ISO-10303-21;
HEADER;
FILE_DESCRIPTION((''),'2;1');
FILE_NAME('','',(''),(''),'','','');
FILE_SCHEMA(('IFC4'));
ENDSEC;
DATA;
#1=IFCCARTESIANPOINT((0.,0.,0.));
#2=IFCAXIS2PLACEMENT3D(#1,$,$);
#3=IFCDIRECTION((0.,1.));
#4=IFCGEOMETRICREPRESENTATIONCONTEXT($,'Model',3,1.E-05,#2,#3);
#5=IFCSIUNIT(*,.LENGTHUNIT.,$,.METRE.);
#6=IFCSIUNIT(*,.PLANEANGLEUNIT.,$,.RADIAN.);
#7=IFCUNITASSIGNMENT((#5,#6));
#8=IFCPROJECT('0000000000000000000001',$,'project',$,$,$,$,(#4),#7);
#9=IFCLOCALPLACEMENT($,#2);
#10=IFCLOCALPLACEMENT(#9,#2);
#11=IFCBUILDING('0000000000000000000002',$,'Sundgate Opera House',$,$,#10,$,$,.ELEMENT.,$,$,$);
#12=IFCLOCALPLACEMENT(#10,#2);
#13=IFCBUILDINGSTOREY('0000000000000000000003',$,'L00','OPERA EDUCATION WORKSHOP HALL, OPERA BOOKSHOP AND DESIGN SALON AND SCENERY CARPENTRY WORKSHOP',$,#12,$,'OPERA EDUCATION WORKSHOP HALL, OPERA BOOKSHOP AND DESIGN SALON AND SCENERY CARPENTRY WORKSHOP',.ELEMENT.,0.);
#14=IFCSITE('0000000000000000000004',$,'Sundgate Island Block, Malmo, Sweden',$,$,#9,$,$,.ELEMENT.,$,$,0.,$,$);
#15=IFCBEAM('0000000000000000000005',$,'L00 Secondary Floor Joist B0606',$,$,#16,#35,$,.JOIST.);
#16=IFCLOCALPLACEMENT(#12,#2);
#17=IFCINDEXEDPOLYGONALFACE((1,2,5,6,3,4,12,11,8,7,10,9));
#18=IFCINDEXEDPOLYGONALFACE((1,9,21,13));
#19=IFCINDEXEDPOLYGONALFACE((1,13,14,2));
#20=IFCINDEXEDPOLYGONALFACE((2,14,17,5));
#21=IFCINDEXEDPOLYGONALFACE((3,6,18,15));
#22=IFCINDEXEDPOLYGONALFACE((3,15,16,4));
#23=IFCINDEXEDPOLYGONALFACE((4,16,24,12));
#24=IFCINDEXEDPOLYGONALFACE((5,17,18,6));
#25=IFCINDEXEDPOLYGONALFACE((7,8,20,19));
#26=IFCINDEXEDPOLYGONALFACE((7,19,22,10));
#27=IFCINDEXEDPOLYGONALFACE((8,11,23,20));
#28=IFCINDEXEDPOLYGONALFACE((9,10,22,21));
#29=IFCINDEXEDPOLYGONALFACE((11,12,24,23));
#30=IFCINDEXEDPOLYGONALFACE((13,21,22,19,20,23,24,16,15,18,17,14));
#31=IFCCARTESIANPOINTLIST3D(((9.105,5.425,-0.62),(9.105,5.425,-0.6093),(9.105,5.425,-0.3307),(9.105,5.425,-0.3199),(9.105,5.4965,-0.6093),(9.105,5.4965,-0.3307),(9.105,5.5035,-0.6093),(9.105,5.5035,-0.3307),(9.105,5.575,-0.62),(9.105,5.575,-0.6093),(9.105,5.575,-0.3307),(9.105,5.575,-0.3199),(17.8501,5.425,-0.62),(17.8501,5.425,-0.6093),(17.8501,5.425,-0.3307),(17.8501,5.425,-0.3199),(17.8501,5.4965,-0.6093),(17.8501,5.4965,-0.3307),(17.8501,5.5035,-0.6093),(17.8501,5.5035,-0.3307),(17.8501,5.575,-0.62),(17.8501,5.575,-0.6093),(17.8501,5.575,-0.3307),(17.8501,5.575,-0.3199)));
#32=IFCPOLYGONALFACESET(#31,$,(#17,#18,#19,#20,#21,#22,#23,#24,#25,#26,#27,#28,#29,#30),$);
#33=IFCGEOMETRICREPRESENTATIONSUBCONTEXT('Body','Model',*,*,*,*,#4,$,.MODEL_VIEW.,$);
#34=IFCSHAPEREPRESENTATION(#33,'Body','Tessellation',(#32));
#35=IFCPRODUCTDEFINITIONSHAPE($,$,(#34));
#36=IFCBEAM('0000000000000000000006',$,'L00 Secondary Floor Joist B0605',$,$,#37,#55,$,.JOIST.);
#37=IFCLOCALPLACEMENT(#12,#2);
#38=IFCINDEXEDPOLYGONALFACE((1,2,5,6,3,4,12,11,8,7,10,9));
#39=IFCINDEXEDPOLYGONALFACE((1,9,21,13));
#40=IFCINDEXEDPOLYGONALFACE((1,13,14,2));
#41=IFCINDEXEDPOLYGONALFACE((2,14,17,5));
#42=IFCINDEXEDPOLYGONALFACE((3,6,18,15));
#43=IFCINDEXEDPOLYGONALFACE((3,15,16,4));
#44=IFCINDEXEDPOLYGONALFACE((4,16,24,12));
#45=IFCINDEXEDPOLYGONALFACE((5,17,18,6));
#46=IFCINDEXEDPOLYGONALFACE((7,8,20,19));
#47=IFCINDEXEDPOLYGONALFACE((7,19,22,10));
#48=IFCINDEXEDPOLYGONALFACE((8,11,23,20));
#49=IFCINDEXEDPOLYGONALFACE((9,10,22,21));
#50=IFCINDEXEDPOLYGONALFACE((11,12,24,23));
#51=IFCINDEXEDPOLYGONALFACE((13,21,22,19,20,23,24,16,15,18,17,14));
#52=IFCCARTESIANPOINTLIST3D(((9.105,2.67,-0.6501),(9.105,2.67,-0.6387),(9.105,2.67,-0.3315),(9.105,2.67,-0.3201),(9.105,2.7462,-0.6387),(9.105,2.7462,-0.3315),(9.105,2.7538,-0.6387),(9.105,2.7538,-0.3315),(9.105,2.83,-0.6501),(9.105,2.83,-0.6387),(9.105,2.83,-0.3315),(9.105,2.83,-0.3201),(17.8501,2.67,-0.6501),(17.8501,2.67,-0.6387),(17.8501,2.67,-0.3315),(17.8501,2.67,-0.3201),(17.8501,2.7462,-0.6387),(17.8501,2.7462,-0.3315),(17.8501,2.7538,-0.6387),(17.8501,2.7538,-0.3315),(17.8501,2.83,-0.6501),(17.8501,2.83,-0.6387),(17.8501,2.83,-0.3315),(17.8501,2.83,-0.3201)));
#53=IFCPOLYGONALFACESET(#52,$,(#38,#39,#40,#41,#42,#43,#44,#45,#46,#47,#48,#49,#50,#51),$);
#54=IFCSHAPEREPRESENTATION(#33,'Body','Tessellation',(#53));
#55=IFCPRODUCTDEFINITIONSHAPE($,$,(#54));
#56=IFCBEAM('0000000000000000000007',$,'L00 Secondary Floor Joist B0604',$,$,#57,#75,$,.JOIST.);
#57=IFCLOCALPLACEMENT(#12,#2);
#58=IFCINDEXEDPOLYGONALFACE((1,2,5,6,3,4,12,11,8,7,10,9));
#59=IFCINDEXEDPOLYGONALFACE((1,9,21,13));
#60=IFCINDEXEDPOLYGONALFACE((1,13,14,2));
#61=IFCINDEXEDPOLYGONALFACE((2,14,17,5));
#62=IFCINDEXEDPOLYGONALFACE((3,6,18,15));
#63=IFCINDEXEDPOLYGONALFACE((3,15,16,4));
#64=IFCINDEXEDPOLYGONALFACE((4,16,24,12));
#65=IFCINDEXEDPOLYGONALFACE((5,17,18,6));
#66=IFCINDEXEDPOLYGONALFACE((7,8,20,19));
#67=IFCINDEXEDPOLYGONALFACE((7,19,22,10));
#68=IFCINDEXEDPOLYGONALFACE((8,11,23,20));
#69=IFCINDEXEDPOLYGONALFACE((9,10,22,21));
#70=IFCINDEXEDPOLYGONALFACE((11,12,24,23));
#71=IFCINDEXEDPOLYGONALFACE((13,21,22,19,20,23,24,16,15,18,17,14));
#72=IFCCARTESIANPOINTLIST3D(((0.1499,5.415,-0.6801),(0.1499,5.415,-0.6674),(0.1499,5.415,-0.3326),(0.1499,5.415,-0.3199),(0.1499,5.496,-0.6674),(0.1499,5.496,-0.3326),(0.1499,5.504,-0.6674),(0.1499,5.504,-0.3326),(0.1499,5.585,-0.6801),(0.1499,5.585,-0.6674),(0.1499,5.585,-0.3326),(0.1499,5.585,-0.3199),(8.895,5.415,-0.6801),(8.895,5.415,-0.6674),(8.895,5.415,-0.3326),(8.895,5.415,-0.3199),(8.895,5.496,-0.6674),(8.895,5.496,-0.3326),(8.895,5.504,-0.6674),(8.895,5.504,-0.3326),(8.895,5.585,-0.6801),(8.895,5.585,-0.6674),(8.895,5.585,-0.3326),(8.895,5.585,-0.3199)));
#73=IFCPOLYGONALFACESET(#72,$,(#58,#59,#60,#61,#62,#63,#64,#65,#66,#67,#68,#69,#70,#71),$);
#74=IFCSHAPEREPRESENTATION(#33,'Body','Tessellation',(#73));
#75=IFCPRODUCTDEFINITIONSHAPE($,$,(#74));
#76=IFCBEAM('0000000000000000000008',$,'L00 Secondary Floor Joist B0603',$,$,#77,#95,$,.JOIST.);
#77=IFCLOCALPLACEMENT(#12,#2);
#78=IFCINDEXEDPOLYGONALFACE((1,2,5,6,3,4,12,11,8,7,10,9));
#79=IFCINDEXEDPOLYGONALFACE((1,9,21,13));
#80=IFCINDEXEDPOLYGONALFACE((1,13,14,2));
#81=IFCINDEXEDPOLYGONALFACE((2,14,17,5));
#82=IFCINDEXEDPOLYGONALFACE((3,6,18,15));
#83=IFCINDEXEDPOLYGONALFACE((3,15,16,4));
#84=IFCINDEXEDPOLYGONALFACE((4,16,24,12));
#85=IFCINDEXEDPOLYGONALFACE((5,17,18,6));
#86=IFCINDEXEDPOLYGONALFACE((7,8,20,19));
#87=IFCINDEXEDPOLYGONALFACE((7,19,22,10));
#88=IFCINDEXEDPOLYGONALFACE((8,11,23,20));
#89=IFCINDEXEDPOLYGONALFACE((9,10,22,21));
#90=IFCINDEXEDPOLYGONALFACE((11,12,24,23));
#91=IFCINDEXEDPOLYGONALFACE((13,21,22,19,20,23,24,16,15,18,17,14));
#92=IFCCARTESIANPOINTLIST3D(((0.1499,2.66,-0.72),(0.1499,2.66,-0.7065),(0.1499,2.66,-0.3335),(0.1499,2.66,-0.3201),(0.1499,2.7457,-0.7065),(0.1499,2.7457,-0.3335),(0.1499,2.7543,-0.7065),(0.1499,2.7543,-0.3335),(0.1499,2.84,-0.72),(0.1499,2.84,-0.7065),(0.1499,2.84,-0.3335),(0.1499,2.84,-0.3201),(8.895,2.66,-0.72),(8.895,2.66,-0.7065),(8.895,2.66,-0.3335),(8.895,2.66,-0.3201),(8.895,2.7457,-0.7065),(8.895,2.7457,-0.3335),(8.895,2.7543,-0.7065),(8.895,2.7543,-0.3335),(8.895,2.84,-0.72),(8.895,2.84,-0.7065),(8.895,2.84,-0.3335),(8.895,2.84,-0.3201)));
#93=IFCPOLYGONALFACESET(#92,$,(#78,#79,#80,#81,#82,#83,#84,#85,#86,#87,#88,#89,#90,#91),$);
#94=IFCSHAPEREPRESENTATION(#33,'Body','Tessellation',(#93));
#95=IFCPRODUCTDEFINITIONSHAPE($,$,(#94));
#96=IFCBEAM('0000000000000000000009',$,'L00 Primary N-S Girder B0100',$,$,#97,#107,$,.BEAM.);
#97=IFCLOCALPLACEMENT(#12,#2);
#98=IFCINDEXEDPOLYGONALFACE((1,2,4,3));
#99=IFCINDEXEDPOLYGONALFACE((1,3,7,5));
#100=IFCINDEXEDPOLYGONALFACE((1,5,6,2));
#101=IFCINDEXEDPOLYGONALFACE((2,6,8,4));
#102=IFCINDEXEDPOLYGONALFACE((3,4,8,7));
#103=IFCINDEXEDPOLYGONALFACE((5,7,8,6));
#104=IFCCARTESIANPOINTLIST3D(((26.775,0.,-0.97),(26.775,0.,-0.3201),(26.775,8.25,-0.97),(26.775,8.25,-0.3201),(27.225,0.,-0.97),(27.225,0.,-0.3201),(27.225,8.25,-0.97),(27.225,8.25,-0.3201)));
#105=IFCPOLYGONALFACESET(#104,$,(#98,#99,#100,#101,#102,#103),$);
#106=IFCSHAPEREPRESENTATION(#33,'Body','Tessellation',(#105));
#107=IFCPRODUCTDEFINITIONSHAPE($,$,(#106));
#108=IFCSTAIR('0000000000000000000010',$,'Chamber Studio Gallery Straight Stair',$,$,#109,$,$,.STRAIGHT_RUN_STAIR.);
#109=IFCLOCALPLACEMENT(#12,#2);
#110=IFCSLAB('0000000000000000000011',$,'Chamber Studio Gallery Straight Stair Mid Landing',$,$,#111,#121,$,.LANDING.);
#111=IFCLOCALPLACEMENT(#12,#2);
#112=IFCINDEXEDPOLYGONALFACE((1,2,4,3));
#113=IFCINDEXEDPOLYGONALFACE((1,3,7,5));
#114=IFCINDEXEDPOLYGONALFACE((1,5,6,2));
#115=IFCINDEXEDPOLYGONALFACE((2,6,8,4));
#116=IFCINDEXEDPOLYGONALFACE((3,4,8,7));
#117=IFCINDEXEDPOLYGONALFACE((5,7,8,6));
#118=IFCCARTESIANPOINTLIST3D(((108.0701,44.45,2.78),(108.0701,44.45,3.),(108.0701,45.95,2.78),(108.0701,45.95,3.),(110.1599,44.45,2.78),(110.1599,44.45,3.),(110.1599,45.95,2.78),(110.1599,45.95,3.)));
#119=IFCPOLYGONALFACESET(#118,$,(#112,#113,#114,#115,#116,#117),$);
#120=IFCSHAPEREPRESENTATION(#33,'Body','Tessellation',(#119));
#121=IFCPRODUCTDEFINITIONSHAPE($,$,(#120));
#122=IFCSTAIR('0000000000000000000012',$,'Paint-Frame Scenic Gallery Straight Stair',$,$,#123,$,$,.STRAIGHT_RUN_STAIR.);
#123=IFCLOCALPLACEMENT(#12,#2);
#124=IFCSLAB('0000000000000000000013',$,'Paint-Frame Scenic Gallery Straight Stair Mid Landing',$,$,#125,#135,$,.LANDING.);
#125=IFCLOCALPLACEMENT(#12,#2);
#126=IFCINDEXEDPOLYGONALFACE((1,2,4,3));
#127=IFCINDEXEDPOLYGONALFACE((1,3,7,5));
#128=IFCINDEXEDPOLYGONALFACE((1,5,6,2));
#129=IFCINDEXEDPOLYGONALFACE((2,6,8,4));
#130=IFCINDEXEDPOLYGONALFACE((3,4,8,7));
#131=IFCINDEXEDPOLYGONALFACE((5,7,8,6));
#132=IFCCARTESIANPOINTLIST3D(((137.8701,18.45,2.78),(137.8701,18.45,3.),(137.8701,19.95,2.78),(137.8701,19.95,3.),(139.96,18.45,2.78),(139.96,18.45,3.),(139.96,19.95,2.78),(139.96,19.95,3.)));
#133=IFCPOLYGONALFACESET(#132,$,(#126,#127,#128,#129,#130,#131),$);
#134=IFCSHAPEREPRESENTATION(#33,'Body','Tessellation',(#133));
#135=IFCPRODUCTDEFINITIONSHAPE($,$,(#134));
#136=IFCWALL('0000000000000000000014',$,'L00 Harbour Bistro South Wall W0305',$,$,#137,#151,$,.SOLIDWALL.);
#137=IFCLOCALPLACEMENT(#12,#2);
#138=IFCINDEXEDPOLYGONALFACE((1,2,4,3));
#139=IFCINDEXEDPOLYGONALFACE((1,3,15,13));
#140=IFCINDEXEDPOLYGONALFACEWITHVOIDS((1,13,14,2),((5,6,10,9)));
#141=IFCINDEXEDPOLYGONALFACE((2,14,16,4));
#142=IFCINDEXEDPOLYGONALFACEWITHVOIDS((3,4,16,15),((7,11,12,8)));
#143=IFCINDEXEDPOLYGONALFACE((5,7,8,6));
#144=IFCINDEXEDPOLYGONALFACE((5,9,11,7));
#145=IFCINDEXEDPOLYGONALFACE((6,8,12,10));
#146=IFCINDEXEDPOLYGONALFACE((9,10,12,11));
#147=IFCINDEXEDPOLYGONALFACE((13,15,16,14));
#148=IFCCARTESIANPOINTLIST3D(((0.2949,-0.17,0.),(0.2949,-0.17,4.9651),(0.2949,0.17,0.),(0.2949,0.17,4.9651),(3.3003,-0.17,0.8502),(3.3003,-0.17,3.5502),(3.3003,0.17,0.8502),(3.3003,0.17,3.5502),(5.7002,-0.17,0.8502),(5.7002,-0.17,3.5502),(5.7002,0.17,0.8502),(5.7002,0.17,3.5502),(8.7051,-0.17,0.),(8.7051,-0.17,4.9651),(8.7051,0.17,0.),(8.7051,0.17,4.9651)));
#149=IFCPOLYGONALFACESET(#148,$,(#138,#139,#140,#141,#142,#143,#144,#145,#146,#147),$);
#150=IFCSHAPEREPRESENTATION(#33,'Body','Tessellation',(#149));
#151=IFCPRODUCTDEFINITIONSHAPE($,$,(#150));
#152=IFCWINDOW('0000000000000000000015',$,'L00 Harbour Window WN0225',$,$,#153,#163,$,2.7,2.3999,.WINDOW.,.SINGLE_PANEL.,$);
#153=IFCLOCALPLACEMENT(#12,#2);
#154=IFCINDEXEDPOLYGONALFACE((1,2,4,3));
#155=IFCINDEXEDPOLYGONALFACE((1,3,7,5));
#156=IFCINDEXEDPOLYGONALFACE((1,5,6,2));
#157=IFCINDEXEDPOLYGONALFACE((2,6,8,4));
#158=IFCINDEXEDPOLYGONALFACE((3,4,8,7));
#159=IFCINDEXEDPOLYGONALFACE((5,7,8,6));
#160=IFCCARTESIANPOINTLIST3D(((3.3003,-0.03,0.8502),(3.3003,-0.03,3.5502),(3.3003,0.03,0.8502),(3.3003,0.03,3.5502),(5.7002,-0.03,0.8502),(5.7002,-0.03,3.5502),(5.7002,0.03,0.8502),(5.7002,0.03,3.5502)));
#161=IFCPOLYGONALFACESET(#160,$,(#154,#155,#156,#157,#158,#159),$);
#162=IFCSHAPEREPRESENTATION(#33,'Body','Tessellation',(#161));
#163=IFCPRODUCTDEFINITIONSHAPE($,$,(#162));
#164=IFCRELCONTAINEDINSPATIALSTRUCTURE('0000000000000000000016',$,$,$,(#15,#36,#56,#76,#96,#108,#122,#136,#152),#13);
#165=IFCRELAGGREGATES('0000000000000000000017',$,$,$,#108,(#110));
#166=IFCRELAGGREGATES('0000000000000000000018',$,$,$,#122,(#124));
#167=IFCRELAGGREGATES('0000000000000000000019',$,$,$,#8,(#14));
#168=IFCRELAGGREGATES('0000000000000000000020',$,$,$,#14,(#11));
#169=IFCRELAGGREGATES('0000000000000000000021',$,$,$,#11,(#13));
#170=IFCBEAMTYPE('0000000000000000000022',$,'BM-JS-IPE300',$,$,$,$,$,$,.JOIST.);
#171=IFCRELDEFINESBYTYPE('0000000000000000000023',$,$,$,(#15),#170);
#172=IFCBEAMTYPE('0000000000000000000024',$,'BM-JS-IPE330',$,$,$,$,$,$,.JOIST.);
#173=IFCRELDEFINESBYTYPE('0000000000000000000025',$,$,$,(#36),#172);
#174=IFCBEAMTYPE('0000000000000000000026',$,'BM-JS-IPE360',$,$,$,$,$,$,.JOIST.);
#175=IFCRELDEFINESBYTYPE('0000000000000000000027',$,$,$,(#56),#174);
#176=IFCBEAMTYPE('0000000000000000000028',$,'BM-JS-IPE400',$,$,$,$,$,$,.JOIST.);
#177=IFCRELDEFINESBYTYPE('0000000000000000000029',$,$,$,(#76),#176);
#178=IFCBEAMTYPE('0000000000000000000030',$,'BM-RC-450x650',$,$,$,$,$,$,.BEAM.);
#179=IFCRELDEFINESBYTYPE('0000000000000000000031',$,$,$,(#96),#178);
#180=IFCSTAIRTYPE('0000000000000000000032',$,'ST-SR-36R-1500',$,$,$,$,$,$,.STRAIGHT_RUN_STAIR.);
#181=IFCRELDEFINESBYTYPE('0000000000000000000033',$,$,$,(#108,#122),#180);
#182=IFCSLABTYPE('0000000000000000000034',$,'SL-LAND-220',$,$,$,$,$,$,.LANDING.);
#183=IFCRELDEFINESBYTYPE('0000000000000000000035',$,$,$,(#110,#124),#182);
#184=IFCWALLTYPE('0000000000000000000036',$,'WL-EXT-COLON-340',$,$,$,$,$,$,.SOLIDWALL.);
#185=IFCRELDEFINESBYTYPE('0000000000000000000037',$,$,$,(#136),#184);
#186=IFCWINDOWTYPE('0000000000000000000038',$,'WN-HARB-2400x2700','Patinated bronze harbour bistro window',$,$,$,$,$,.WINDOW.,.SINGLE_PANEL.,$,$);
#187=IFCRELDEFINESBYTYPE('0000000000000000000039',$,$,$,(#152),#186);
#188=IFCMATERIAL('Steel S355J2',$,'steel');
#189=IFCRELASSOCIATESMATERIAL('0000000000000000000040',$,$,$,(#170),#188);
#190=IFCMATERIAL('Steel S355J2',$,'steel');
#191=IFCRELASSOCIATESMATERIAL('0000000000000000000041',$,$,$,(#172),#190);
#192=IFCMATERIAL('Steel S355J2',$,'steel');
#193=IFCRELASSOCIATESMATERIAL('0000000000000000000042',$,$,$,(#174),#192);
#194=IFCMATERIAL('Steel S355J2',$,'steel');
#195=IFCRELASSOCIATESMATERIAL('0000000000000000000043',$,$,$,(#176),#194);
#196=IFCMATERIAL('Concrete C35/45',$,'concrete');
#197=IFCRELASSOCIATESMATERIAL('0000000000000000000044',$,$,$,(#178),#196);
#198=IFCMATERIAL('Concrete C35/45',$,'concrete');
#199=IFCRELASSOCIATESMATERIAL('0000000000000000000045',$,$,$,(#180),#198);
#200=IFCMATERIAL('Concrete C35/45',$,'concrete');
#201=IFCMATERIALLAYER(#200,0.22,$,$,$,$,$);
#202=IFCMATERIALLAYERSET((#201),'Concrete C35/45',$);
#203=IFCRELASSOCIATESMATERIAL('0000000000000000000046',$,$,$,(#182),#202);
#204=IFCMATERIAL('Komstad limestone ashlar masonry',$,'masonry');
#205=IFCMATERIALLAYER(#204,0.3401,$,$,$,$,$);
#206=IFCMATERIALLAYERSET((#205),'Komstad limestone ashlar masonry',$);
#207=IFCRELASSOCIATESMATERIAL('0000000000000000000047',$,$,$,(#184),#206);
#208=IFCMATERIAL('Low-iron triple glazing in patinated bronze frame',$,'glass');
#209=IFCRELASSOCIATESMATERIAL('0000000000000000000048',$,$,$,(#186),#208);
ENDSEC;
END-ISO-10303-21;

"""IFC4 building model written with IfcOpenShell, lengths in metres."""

from ifc_helpers import new_model, si_unit, direction, frame, frame_2d, origin, origin_2d, place, context, subcontext, project, spatial, polyline, rectangle, i_section, outline, extrude, material, layer, layer_set, material_profile, profile_set, type_object, element, fill, aggregate, save


model = new_model("IFC4")

# Units and contexts
model_context = context("Model", 3, precision=1e-05, world=origin(), true_north=direction((0.0, 1.0)))
body_context = subcontext(model_context, "Body", "Model", "MODEL_VIEW")
ifc_project = project(units=[si_unit("LENGTHUNIT", "METRE"), si_unit("PLANEANGLEUNIT", "RADIAN")], contexts=[model_context])

# Site, building, storey
site_placement = place(None, origin())
site = spatial("IfcSite", under=ifc_project, at=site_placement, Name="Sundgate Island Block, Malmo, Sweden", CompositionType="ELEMENT", RefElevation=0.0)
building_placement = place(site_placement, origin())
building = spatial("IfcBuilding", under=site, at=building_placement, Name="Sundgate Opera House", CompositionType="ELEMENT")
storey_placement = place(building_placement, origin())
storey = spatial("IfcBuildingStorey", under=building, at=storey_placement, Name="L00", Description="OPERA EDUCATION WORKSHOP HALL, OPERA BOOKSHOP AND DESIGN SALON AND SCENERY CARPENTRY WORKSHOP", LongName="OPERA EDUCATION WORKSHOP HALL, OPERA BOOKSHOP AND DESIGN SALON AND SCENERY CARPENTRY WORKSHOP", CompositionType="ELEMENT", Elevation=0.0)

# Beams
ifc_material_1 = material(Name="Steel S355J2", Category="steel")
ifc_material_profile_1 = material_profile(ifc_material_1, i_section(OverallWidth=0.1499, OverallDepth=0.3, WebThickness=0.0071, FlangeThickness=0.0107, at=origin_2d()), Name="IPE 300")
ifc_profile_set_1 = profile_set([ifc_material_profile_1], Name="Steel S355J2")
beam_type_1 = type_object("IfcBeamType", Name="BM-JS-IPE300", PredefinedType="JOIST", material=ifc_profile_set_1)
beam_1_placement = place(storey_placement, frame((9.105, 5.5, -0.47), z_axis=(1.0, 0.0, 0.0), x_axis=(0.0, 1.0, 0.0)))
element("IfcBeam", 1, at=beam_1_placement, inside=storey, type_object=beam_type_1, Name="L00 Secondary Floor Joist B0606", PredefinedType="JOIST", context=body_context, shape_type="SweptSolid", body=[
    extrude(i_section(OverallWidth=0.1499, OverallDepth=0.3, WebThickness=0.0071, FlangeThickness=0.0107, at=origin_2d()), origin(), (0.0, 0.0, 1.0), 8.7451),
])
ifc_material_2 = material(Name="Steel S355J2", Category="steel")
ifc_material_profile_2 = material_profile(ifc_material_2, i_section(OverallWidth=0.1599, OverallDepth=0.3301, WebThickness=0.0076, FlangeThickness=0.0115, at=origin_2d()), Name="IPE 330")
ifc_profile_set_2 = profile_set([ifc_material_profile_2], Name="Steel S355J2")
beam_type_2 = type_object("IfcBeamType", Name="BM-JS-IPE330", PredefinedType="JOIST", material=ifc_profile_set_2)
beam_2_placement = place(storey_placement, frame((9.105, 2.75, -0.4851), z_axis=(1.0, 0.0, 0.0), x_axis=(0.0, 1.0, 0.0)))
element("IfcBeam", 2, at=beam_2_placement, inside=storey, type_object=beam_type_2, Name="L00 Secondary Floor Joist B0605", PredefinedType="JOIST", context=body_context, shape_type="SweptSolid", body=[
    extrude(i_section(OverallWidth=0.1599, OverallDepth=0.3301, WebThickness=0.0076, FlangeThickness=0.0115, at=origin_2d()), origin(), (0.0, 0.0, 1.0), 8.7451),
])
ifc_material_3 = material(Name="Steel S355J2", Category="steel")
ifc_material_profile_3 = material_profile(ifc_material_3, i_section(OverallWidth=0.1699, OverallDepth=0.3601, WebThickness=0.0081, FlangeThickness=0.0127, at=origin_2d()), Name="IPE 360")
ifc_profile_set_3 = profile_set([ifc_material_profile_3], Name="Steel S355J2")
beam_type_3 = type_object("IfcBeamType", Name="BM-JS-IPE360", PredefinedType="JOIST", material=ifc_profile_set_3)
beam_3_placement = place(storey_placement, frame((0.1499, 5.5, -0.5), z_axis=(1.0, 0.0, 0.0), x_axis=(0.0, 1.0, 0.0)))
element("IfcBeam", 3, at=beam_3_placement, inside=storey, type_object=beam_type_3, Name="L00 Secondary Floor Joist B0604", PredefinedType="JOIST", context=body_context, shape_type="SweptSolid", body=[
    extrude(i_section(OverallWidth=0.1699, OverallDepth=0.3601, WebThickness=0.0081, FlangeThickness=0.0127, at=origin_2d()), origin(), (0.0, 0.0, 1.0), 8.7451),
])
ifc_material_4 = material(Name="Steel S355J2", Category="steel")
ifc_material_profile_4 = material_profile(ifc_material_4, i_section(OverallWidth=0.1799, OverallDepth=0.3999, WebThickness=0.0085, FlangeThickness=0.0134, at=origin_2d()), Name="IPE 400")
ifc_profile_set_4 = profile_set([ifc_material_profile_4], Name="Steel S355J2")
beam_type_4 = type_object("IfcBeamType", Name="BM-JS-IPE400", PredefinedType="JOIST", material=ifc_profile_set_4)
beam_4_placement = place(storey_placement, frame((0.1499, 2.75, -0.52), z_axis=(1.0, 0.0, 0.0), x_axis=(0.0, 1.0, 0.0)))
element("IfcBeam", 4, at=beam_4_placement, inside=storey, type_object=beam_type_4, Name="L00 Secondary Floor Joist B0603", PredefinedType="JOIST", context=body_context, shape_type="SweptSolid", body=[
    extrude(i_section(OverallWidth=0.1799, OverallDepth=0.3999, WebThickness=0.0085, FlangeThickness=0.0134, at=origin_2d()), origin(), (0.0, 0.0, 1.0), 8.7451),
])
ifc_material_5 = material(Name="Concrete C35/45", Category="concrete")
ifc_material_profile_5 = material_profile(ifc_material_5, rectangle(XDim=0.45, YDim=0.6499, at=origin_2d()), Name="RC 450x650")
ifc_profile_set_5 = profile_set([ifc_material_profile_5], Name="Concrete C35/45")
beam_type_5 = type_object("IfcBeamType", Name="BM-RC-450x650", PredefinedType="BEAM", material=ifc_profile_set_5)
beam_5_placement = place(storey_placement, frame((27.0, 0.0, -0.645), z_axis=(0.0, 1.0, 0.0), x_axis=(-1.0, 0.0, 0.0)))
element("IfcBeam", 5, at=beam_5_placement, inside=storey, type_object=beam_type_5, Name="L00 Primary N-S Girder B0100", PredefinedType="BEAM", context=body_context, shape_type="SweptSolid", body=[
    extrude(rectangle(XDim=0.45, YDim=0.6499, at=origin_2d()), origin(), (0.0, 0.0, 1.0), 8.25),
])

# Stairs, slabs
ifc_material_6 = material(Name="Concrete C35/45", Category="concrete")
stair_type = type_object("IfcStairType", Name="ST-SR-36R-1500", PredefinedType="STRAIGHT_RUN_STAIR", material=ifc_material_6)
stair_1_placement = place(storey_placement, origin())
stair_1 = element("IfcStair", 6, at=stair_1_placement, inside=storey, type_object=stair_type, Name="Chamber Studio Gallery Straight Stair", PredefinedType="STRAIGHT_RUN_STAIR")
ifc_material_7 = material(Name="Concrete C35/45", Category="concrete")
ifc_layer_1 = layer(ifc_material_7, 0.22)
ifc_layer_set_1 = layer_set([ifc_layer_1], Name="Concrete C35/45")
slab_type = type_object("IfcSlabType", Name="SL-LAND-220", PredefinedType="LANDING", material=ifc_layer_set_1)
slab_1_placement = place(storey_placement, frame((0.0, 0.0, 2.78)))
slab_1 = element("IfcSlab", 7, at=slab_1_placement, type_object=slab_type, Name="Chamber Studio Gallery Straight Stair Mid Landing", PredefinedType="LANDING", context=body_context, shape_type="SweptSolid", body=[
    extrude(outline(polyline([(108.0701, 44.45), (110.1599, 44.45), (110.1599, 45.95), (108.0701, 45.95), (108.0701, 44.45)])), origin(), (0.0, 0.0, 1.0), 0.22),
])
aggregate(stair_1, [slab_1])
stair_2_placement = place(storey_placement, origin())
stair_2 = element("IfcStair", 8, at=stair_2_placement, inside=storey, type_object=stair_type, Name="Paint-Frame Scenic Gallery Straight Stair", PredefinedType="STRAIGHT_RUN_STAIR")
slab_2_placement = place(storey_placement, frame((0.0, 0.0, 2.78)))
slab_2 = element("IfcSlab", 9, at=slab_2_placement, type_object=slab_type, Name="Paint-Frame Scenic Gallery Straight Stair Mid Landing", PredefinedType="LANDING", context=body_context, shape_type="SweptSolid", body=[
    extrude(outline(polyline([(137.8701, 18.45), (139.96, 18.45), (139.96, 19.95), (137.8701, 19.95), (137.8701, 18.45)])), origin(), (0.0, 0.0, 1.0), 0.22),
])
aggregate(stair_2, [slab_2])

# Wall, opening, window
ifc_material_8 = material(Name="Komstad limestone ashlar masonry", Category="masonry")
ifc_layer_2 = layer(ifc_material_8, 0.3401)
ifc_layer_set_2 = layer_set([ifc_layer_2], Name="Komstad limestone ashlar masonry")
wall_type = type_object("IfcWallType", Name="WL-EXT-COLON-340", PredefinedType="SOLIDWALL", material=ifc_layer_set_2)
wall_1_placement = place(storey_placement, frame((8.7051, 0.0, 0.0), z_axis=(0.0, 0.0, 1.0), x_axis=(-1.0, 0.0, 0.0)))
wall_1 = element("IfcWall", 10, at=wall_1_placement, inside=storey, type_object=wall_type, Name="L00 Harbour Bistro South Wall W0305", PredefinedType="SOLIDWALL", context=body_context, shape_type="SweptSolid", body=[
    extrude(rectangle(XDim=8.4102, YDim=0.3401, at=frame_2d((4.2051, 0.0))), origin(), (0.0, 0.0, 1.0), 4.9651),
])
opening_1_placement = place(wall_1_placement, frame((3.0049, 0.0, 0.8501)))
opening_1 = element("IfcOpeningElement", 11, at=opening_1_placement, cuts=wall_1, PredefinedType="OPENING", context=body_context, shape_type="SweptSolid", body=[
    extrude(rectangle(XDim=2.3999, YDim=2.7, at=frame_2d((1.2, 1.3501))), frame((0.0, 0.1799, 0.0), z_axis=(0.0, -1.0, 0.0), x_axis=(1.0, 0.0, 0.0)), (0.0, 0.0, 1.0), 0.3601),
])
ifc_material_9 = material(Name="Low-iron triple glazing in patinated bronze frame", Category="glass")
window_type = type_object("IfcWindowType", Name="WN-HARB-2400x2700", Description="Patinated bronze harbour bistro window", PartitioningType="SINGLE_PANEL", PredefinedType="WINDOW", material=ifc_material_9)
window_1_placement = place(opening_1_placement, origin())
window_1 = element("IfcWindow", 12, at=window_1_placement, inside=storey, type_object=window_type, Name="L00 Harbour Window WN0225", OverallHeight=2.7, OverallWidth=2.3999, PartitioningType="SINGLE_PANEL", PredefinedType="WINDOW", context=body_context, shape_type="SweptSolid", body=[
    extrude(rectangle(XDim=2.3999, YDim=2.7, at=frame_2d((1.2, 1.3501))), frame((0.0, 0.03, 0.0), z_axis=(0.0, -1.0, 0.0), x_axis=(1.0, 0.0, 0.0)), (0.0, 0.0, 1.0), 0.0601),
])
fill(opening_1, window_1)

save(model, "model.ifc")
